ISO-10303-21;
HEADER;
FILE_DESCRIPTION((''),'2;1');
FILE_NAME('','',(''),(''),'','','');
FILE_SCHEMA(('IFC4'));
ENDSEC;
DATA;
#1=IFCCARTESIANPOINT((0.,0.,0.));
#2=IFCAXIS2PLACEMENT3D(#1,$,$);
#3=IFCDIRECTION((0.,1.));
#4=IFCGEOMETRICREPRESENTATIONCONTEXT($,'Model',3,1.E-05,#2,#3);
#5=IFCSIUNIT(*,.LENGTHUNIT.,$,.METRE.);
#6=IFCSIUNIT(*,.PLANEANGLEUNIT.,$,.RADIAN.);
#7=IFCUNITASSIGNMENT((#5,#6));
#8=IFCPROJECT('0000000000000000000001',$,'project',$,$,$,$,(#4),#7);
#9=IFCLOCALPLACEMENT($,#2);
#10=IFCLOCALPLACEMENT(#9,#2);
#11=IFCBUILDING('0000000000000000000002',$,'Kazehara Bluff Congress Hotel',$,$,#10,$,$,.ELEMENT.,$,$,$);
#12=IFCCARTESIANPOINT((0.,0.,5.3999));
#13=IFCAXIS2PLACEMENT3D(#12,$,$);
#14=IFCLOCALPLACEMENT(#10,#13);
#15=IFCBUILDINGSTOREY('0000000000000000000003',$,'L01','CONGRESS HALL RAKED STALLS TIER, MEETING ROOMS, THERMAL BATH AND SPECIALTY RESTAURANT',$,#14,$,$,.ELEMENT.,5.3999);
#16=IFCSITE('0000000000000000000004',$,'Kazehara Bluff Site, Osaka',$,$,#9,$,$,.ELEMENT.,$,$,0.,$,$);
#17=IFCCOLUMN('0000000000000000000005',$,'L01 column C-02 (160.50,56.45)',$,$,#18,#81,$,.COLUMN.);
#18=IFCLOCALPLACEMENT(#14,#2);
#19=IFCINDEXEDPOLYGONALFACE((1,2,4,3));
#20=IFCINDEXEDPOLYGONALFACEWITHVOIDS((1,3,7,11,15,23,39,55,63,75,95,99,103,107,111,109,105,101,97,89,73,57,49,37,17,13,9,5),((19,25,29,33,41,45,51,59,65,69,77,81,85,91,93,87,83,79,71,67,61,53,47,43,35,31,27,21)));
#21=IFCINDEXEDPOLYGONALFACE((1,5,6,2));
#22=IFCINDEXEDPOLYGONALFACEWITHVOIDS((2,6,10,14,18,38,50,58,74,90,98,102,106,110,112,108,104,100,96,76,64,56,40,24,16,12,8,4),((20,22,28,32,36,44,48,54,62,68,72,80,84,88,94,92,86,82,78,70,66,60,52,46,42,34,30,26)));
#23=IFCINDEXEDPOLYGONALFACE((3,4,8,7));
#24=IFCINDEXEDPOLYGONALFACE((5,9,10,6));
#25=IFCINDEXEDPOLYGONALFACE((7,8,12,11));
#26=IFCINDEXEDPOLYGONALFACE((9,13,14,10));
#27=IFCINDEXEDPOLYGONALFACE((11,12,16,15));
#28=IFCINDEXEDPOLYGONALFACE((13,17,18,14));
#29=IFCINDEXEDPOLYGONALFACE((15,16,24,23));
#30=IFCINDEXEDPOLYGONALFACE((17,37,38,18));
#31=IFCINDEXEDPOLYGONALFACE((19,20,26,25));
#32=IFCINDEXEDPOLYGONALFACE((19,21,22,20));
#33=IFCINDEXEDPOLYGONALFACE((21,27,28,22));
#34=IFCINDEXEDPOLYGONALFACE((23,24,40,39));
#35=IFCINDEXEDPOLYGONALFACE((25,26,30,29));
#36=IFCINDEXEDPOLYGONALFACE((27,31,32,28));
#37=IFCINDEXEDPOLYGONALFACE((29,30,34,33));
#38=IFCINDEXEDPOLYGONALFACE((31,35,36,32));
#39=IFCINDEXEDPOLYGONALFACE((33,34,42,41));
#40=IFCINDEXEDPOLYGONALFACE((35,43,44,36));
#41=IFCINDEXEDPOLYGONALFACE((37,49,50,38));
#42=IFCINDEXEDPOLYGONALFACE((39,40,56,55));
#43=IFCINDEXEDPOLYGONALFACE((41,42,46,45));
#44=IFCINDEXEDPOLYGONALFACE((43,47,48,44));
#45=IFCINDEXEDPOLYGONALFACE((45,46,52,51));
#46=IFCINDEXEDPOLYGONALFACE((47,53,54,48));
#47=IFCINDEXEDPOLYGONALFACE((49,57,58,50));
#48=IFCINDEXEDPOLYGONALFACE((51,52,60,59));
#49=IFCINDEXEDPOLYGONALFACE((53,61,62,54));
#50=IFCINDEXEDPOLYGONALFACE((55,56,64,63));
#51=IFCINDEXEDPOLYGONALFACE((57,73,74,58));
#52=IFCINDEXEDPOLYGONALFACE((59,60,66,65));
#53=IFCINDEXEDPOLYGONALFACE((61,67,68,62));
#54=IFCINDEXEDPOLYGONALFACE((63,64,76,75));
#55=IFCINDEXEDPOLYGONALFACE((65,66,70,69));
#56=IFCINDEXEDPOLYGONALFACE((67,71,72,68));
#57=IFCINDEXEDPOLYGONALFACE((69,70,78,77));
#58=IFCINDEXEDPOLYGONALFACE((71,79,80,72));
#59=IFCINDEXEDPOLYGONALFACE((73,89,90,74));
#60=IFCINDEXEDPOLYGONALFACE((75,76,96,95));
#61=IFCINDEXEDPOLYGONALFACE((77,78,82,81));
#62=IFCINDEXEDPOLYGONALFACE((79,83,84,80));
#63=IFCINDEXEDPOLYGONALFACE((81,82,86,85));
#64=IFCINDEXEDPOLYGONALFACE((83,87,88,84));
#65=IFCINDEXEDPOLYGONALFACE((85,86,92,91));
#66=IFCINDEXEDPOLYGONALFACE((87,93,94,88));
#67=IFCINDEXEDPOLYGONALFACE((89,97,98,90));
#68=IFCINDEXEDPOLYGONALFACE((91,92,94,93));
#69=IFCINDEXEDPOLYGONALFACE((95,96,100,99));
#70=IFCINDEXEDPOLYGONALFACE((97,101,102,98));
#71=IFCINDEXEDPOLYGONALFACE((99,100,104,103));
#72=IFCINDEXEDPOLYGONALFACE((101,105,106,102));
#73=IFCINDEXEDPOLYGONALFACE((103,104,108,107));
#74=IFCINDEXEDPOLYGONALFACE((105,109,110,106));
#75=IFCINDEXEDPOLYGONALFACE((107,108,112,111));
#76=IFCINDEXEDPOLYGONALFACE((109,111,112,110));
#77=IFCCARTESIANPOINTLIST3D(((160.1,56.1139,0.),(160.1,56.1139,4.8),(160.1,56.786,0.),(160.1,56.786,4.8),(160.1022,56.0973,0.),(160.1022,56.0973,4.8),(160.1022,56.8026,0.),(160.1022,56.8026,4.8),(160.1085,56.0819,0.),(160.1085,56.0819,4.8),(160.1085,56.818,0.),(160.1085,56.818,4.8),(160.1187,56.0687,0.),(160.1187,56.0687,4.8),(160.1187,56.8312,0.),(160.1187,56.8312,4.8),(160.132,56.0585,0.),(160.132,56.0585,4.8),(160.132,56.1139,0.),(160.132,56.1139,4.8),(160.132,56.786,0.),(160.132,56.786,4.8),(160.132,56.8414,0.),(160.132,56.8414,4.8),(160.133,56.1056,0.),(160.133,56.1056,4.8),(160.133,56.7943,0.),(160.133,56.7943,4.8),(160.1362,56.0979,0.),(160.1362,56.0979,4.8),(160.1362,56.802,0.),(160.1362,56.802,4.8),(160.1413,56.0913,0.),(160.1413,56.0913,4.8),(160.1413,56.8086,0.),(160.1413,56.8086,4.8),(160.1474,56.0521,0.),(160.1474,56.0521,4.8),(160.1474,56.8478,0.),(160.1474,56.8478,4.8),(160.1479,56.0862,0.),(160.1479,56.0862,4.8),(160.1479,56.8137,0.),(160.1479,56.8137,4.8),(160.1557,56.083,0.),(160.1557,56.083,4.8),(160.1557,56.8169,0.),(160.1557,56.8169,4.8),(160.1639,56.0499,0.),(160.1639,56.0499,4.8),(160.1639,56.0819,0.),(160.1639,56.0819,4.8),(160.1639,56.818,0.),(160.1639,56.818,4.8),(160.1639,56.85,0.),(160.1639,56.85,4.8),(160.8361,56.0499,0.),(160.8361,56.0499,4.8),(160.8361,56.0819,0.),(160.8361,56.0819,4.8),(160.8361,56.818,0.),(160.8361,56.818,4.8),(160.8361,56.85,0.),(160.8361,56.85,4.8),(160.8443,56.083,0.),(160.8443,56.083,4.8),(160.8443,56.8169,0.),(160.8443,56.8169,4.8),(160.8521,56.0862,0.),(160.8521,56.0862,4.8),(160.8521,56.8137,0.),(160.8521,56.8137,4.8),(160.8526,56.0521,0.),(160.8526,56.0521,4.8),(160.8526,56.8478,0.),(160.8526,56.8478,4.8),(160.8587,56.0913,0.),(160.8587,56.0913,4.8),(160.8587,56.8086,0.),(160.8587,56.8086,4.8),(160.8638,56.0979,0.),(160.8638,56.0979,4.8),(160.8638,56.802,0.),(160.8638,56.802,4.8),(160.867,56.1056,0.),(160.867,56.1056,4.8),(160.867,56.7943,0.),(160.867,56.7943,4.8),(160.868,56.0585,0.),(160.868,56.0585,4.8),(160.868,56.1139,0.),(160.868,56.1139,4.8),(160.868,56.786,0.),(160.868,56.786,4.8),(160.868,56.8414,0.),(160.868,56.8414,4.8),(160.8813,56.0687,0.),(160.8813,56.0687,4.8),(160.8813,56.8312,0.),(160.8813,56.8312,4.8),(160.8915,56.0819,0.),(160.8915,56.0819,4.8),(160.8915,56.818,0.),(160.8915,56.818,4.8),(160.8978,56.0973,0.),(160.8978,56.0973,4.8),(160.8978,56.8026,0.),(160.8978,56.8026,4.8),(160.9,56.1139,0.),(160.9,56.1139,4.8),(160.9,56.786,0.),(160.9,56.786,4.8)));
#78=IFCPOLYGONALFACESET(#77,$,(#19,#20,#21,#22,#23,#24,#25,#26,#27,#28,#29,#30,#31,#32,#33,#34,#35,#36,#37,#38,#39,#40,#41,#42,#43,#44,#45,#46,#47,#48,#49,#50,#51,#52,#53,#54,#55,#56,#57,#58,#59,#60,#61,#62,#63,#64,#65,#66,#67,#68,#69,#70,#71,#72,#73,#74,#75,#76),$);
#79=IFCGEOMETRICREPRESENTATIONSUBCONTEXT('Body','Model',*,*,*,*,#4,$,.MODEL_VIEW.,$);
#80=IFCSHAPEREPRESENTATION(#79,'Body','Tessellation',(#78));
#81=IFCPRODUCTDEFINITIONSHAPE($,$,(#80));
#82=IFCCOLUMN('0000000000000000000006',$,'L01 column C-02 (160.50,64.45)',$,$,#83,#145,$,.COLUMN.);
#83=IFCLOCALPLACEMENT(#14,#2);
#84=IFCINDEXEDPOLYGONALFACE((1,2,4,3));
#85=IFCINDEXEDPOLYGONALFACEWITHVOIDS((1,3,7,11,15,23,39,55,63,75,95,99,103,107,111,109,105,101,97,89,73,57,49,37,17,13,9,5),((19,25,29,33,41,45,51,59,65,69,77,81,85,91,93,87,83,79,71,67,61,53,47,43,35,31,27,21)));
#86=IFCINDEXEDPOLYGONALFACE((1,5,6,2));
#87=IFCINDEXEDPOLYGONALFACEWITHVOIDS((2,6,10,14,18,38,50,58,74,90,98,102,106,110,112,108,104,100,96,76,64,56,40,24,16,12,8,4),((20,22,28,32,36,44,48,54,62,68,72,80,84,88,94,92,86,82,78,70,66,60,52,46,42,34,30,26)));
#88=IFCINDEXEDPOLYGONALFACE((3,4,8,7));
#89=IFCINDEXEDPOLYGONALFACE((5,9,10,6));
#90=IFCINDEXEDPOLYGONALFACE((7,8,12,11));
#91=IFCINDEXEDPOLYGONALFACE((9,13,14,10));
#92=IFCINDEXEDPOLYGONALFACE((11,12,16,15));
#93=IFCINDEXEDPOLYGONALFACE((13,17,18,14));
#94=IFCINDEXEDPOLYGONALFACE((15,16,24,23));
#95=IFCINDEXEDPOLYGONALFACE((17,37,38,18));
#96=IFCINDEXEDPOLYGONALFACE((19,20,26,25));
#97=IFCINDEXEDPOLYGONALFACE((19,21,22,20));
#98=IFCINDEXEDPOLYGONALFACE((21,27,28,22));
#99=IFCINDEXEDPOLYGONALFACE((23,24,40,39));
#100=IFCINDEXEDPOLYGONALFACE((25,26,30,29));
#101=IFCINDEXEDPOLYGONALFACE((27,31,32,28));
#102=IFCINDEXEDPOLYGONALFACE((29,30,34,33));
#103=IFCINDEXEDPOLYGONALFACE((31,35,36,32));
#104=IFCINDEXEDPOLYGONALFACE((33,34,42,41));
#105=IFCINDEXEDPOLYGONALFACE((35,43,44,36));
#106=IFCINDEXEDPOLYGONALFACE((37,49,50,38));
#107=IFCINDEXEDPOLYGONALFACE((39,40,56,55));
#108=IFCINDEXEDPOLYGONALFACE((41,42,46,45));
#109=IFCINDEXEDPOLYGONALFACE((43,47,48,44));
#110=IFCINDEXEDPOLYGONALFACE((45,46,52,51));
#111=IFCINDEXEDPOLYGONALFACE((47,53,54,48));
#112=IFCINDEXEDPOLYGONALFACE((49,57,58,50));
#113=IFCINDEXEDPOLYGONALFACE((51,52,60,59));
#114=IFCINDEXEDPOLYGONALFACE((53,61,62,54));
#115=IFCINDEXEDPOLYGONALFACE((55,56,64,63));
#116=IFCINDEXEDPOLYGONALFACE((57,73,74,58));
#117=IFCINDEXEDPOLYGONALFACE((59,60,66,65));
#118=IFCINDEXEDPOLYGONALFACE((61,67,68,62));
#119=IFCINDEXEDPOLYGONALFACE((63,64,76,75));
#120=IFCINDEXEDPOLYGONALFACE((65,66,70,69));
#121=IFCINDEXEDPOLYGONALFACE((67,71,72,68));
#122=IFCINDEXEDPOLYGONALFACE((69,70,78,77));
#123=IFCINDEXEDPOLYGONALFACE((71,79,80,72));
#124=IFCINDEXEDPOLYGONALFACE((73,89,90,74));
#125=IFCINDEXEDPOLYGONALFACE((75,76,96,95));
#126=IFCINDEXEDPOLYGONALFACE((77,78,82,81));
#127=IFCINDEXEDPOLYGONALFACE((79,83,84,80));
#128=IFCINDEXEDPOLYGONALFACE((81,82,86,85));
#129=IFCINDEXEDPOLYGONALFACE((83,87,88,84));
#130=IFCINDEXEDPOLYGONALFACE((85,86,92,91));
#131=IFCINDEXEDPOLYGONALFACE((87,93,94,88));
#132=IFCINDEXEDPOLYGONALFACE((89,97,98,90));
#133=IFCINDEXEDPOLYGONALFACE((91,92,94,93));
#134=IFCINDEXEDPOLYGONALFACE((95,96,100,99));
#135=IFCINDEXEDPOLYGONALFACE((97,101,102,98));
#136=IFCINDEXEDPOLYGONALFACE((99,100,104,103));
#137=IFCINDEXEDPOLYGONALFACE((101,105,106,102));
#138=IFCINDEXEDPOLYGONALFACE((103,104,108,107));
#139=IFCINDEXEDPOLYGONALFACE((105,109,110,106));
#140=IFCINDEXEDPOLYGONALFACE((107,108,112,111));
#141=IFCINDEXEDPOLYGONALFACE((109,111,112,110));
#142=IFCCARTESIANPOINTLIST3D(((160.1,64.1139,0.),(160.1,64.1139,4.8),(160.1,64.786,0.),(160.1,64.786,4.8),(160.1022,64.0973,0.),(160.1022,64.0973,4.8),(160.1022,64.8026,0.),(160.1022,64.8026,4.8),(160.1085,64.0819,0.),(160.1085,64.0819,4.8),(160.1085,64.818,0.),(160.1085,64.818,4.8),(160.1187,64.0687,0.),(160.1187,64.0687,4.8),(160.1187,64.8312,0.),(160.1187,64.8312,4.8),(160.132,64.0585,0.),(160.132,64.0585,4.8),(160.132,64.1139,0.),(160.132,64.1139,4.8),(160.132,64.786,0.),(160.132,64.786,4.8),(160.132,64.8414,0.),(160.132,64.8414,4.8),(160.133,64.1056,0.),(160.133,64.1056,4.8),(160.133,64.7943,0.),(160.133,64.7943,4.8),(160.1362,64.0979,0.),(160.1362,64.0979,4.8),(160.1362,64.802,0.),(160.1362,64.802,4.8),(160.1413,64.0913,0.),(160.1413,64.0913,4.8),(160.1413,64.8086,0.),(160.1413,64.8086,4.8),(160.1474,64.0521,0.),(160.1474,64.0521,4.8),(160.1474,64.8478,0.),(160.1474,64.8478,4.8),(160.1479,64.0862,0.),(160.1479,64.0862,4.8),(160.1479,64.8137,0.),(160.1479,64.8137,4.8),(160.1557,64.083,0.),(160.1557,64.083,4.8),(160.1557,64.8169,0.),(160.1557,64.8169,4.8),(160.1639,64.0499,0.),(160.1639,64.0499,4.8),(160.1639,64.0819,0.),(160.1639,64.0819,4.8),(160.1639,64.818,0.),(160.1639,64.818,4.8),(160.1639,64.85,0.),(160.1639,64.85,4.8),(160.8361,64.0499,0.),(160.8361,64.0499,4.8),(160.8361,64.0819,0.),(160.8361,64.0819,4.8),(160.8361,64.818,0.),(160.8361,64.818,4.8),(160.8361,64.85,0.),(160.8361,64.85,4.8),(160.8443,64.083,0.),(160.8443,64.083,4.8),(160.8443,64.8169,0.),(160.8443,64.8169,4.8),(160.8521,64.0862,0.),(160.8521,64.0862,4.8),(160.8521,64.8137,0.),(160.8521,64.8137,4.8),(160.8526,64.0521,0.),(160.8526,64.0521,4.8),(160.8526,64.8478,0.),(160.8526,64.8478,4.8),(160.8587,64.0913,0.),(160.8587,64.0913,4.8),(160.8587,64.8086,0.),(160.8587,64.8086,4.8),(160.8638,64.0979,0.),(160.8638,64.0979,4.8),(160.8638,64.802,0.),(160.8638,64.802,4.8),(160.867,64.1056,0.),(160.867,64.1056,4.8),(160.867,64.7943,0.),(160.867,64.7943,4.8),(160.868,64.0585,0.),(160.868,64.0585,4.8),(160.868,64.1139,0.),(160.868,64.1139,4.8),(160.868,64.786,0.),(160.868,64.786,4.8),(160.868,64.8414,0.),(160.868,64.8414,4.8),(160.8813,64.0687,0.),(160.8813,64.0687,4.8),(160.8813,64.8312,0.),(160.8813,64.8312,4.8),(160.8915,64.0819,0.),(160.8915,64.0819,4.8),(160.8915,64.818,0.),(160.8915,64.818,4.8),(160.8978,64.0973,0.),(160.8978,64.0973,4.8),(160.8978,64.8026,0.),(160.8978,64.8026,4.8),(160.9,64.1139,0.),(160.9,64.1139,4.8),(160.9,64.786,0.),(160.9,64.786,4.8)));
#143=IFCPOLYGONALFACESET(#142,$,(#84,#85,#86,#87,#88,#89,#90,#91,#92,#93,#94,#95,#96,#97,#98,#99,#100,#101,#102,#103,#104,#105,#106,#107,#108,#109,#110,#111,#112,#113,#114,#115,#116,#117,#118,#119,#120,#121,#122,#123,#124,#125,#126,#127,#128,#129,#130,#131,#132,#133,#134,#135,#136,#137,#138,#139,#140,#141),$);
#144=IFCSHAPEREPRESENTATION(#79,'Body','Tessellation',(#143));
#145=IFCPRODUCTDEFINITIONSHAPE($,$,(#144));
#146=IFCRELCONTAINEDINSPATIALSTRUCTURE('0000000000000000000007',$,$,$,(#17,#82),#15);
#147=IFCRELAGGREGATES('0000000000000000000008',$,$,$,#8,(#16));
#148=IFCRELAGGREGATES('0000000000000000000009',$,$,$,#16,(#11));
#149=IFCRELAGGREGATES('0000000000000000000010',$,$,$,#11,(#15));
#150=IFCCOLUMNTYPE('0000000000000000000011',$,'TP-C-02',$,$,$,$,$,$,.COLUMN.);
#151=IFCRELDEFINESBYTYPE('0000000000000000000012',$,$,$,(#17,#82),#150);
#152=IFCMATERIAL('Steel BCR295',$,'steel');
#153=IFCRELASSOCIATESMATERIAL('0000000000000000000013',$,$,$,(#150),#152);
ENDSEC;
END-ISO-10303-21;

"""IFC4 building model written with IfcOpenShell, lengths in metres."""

from ifc_helpers import new_model, si_unit, direction, frame, origin, origin_2d, place, context, subcontext, project, spatial, hollow_rectangle, extrude, material, material_profile, profile_set, type_object, element, save


model = new_model("IFC4")

# Units and contexts
model_context = context("Model", 3, precision=1e-05, world=origin(), true_north=direction((0.0, 1.0)))
body_context = subcontext(model_context, "Body", "Model", "MODEL_VIEW")
ifc_project = project(units=[si_unit("LENGTHUNIT", "METRE"), si_unit("PLANEANGLEUNIT", "RADIAN")], contexts=[model_context])

# Site, building, storey
site_placement = place(None, origin())
site = spatial("IfcSite", under=ifc_project, at=site_placement, Name="Kazehara Bluff Site, Osaka", CompositionType="ELEMENT", RefElevation=0.0)
building_placement = place(site_placement, origin())
building = spatial("IfcBuilding", under=site, at=building_placement, Name="Kazehara Bluff Congress Hotel", CompositionType="ELEMENT")
storey_placement = place(building_placement, frame((0.0, 0.0, 5.3999)))
storey = spatial("IfcBuildingStorey", under=building, at=storey_placement, Name="L01", Description="CONGRESS HALL RAKED STALLS TIER, MEETING ROOMS, THERMAL BATH AND SPECIALTY RESTAURANT", CompositionType="ELEMENT", Elevation=5.3999)

# Columns
ifc_material_1 = material(Name="Steel BCR295", Category="steel")
ifc_material_profile_1 = material_profile(ifc_material_1, hollow_rectangle(XDim=0.8, YDim=0.8, WallThickness=0.032, InnerFilletRadius=0.032, OuterFilletRadius=0.064, at=origin_2d()))
ifc_profile_set_1 = profile_set([ifc_material_profile_1], Name="Steel BCR295")
column_type_1 = type_object("IfcColumnType", Name="TP-C-02", PredefinedType="COLUMN", material=ifc_profile_set_1)
for number, where, z_axis, x_axis, name in (
    (1, (160.5, 56.45, 0.0), (0.0, 0.0, 1.0), (1.0, 0.0, 0.0), "L01 column C-02 (160.50,56.45)"),
    (2, (160.5, 64.45, 0.0), (0.0, 0.0, 1.0), (1.0, 0.0, 0.0), "L01 column C-02 (160.50,64.45)"),
):
    element("IfcColumn", number, at=place(storey_placement, frame(where, z_axis=z_axis, x_axis=x_axis)), inside=storey, type_object=column_type_1, Name=name, PredefinedType="COLUMN", context=body_context, shape_type="SweptSolid", body=[
        extrude(hollow_rectangle(XDim=0.8, YDim=0.8, WallThickness=0.032, InnerFilletRadius=0.032, OuterFilletRadius=0.064, at=origin_2d()), origin(), (0.0, 0.0, 1.0), 4.8),
    ])

save(model, "model.ifc")
